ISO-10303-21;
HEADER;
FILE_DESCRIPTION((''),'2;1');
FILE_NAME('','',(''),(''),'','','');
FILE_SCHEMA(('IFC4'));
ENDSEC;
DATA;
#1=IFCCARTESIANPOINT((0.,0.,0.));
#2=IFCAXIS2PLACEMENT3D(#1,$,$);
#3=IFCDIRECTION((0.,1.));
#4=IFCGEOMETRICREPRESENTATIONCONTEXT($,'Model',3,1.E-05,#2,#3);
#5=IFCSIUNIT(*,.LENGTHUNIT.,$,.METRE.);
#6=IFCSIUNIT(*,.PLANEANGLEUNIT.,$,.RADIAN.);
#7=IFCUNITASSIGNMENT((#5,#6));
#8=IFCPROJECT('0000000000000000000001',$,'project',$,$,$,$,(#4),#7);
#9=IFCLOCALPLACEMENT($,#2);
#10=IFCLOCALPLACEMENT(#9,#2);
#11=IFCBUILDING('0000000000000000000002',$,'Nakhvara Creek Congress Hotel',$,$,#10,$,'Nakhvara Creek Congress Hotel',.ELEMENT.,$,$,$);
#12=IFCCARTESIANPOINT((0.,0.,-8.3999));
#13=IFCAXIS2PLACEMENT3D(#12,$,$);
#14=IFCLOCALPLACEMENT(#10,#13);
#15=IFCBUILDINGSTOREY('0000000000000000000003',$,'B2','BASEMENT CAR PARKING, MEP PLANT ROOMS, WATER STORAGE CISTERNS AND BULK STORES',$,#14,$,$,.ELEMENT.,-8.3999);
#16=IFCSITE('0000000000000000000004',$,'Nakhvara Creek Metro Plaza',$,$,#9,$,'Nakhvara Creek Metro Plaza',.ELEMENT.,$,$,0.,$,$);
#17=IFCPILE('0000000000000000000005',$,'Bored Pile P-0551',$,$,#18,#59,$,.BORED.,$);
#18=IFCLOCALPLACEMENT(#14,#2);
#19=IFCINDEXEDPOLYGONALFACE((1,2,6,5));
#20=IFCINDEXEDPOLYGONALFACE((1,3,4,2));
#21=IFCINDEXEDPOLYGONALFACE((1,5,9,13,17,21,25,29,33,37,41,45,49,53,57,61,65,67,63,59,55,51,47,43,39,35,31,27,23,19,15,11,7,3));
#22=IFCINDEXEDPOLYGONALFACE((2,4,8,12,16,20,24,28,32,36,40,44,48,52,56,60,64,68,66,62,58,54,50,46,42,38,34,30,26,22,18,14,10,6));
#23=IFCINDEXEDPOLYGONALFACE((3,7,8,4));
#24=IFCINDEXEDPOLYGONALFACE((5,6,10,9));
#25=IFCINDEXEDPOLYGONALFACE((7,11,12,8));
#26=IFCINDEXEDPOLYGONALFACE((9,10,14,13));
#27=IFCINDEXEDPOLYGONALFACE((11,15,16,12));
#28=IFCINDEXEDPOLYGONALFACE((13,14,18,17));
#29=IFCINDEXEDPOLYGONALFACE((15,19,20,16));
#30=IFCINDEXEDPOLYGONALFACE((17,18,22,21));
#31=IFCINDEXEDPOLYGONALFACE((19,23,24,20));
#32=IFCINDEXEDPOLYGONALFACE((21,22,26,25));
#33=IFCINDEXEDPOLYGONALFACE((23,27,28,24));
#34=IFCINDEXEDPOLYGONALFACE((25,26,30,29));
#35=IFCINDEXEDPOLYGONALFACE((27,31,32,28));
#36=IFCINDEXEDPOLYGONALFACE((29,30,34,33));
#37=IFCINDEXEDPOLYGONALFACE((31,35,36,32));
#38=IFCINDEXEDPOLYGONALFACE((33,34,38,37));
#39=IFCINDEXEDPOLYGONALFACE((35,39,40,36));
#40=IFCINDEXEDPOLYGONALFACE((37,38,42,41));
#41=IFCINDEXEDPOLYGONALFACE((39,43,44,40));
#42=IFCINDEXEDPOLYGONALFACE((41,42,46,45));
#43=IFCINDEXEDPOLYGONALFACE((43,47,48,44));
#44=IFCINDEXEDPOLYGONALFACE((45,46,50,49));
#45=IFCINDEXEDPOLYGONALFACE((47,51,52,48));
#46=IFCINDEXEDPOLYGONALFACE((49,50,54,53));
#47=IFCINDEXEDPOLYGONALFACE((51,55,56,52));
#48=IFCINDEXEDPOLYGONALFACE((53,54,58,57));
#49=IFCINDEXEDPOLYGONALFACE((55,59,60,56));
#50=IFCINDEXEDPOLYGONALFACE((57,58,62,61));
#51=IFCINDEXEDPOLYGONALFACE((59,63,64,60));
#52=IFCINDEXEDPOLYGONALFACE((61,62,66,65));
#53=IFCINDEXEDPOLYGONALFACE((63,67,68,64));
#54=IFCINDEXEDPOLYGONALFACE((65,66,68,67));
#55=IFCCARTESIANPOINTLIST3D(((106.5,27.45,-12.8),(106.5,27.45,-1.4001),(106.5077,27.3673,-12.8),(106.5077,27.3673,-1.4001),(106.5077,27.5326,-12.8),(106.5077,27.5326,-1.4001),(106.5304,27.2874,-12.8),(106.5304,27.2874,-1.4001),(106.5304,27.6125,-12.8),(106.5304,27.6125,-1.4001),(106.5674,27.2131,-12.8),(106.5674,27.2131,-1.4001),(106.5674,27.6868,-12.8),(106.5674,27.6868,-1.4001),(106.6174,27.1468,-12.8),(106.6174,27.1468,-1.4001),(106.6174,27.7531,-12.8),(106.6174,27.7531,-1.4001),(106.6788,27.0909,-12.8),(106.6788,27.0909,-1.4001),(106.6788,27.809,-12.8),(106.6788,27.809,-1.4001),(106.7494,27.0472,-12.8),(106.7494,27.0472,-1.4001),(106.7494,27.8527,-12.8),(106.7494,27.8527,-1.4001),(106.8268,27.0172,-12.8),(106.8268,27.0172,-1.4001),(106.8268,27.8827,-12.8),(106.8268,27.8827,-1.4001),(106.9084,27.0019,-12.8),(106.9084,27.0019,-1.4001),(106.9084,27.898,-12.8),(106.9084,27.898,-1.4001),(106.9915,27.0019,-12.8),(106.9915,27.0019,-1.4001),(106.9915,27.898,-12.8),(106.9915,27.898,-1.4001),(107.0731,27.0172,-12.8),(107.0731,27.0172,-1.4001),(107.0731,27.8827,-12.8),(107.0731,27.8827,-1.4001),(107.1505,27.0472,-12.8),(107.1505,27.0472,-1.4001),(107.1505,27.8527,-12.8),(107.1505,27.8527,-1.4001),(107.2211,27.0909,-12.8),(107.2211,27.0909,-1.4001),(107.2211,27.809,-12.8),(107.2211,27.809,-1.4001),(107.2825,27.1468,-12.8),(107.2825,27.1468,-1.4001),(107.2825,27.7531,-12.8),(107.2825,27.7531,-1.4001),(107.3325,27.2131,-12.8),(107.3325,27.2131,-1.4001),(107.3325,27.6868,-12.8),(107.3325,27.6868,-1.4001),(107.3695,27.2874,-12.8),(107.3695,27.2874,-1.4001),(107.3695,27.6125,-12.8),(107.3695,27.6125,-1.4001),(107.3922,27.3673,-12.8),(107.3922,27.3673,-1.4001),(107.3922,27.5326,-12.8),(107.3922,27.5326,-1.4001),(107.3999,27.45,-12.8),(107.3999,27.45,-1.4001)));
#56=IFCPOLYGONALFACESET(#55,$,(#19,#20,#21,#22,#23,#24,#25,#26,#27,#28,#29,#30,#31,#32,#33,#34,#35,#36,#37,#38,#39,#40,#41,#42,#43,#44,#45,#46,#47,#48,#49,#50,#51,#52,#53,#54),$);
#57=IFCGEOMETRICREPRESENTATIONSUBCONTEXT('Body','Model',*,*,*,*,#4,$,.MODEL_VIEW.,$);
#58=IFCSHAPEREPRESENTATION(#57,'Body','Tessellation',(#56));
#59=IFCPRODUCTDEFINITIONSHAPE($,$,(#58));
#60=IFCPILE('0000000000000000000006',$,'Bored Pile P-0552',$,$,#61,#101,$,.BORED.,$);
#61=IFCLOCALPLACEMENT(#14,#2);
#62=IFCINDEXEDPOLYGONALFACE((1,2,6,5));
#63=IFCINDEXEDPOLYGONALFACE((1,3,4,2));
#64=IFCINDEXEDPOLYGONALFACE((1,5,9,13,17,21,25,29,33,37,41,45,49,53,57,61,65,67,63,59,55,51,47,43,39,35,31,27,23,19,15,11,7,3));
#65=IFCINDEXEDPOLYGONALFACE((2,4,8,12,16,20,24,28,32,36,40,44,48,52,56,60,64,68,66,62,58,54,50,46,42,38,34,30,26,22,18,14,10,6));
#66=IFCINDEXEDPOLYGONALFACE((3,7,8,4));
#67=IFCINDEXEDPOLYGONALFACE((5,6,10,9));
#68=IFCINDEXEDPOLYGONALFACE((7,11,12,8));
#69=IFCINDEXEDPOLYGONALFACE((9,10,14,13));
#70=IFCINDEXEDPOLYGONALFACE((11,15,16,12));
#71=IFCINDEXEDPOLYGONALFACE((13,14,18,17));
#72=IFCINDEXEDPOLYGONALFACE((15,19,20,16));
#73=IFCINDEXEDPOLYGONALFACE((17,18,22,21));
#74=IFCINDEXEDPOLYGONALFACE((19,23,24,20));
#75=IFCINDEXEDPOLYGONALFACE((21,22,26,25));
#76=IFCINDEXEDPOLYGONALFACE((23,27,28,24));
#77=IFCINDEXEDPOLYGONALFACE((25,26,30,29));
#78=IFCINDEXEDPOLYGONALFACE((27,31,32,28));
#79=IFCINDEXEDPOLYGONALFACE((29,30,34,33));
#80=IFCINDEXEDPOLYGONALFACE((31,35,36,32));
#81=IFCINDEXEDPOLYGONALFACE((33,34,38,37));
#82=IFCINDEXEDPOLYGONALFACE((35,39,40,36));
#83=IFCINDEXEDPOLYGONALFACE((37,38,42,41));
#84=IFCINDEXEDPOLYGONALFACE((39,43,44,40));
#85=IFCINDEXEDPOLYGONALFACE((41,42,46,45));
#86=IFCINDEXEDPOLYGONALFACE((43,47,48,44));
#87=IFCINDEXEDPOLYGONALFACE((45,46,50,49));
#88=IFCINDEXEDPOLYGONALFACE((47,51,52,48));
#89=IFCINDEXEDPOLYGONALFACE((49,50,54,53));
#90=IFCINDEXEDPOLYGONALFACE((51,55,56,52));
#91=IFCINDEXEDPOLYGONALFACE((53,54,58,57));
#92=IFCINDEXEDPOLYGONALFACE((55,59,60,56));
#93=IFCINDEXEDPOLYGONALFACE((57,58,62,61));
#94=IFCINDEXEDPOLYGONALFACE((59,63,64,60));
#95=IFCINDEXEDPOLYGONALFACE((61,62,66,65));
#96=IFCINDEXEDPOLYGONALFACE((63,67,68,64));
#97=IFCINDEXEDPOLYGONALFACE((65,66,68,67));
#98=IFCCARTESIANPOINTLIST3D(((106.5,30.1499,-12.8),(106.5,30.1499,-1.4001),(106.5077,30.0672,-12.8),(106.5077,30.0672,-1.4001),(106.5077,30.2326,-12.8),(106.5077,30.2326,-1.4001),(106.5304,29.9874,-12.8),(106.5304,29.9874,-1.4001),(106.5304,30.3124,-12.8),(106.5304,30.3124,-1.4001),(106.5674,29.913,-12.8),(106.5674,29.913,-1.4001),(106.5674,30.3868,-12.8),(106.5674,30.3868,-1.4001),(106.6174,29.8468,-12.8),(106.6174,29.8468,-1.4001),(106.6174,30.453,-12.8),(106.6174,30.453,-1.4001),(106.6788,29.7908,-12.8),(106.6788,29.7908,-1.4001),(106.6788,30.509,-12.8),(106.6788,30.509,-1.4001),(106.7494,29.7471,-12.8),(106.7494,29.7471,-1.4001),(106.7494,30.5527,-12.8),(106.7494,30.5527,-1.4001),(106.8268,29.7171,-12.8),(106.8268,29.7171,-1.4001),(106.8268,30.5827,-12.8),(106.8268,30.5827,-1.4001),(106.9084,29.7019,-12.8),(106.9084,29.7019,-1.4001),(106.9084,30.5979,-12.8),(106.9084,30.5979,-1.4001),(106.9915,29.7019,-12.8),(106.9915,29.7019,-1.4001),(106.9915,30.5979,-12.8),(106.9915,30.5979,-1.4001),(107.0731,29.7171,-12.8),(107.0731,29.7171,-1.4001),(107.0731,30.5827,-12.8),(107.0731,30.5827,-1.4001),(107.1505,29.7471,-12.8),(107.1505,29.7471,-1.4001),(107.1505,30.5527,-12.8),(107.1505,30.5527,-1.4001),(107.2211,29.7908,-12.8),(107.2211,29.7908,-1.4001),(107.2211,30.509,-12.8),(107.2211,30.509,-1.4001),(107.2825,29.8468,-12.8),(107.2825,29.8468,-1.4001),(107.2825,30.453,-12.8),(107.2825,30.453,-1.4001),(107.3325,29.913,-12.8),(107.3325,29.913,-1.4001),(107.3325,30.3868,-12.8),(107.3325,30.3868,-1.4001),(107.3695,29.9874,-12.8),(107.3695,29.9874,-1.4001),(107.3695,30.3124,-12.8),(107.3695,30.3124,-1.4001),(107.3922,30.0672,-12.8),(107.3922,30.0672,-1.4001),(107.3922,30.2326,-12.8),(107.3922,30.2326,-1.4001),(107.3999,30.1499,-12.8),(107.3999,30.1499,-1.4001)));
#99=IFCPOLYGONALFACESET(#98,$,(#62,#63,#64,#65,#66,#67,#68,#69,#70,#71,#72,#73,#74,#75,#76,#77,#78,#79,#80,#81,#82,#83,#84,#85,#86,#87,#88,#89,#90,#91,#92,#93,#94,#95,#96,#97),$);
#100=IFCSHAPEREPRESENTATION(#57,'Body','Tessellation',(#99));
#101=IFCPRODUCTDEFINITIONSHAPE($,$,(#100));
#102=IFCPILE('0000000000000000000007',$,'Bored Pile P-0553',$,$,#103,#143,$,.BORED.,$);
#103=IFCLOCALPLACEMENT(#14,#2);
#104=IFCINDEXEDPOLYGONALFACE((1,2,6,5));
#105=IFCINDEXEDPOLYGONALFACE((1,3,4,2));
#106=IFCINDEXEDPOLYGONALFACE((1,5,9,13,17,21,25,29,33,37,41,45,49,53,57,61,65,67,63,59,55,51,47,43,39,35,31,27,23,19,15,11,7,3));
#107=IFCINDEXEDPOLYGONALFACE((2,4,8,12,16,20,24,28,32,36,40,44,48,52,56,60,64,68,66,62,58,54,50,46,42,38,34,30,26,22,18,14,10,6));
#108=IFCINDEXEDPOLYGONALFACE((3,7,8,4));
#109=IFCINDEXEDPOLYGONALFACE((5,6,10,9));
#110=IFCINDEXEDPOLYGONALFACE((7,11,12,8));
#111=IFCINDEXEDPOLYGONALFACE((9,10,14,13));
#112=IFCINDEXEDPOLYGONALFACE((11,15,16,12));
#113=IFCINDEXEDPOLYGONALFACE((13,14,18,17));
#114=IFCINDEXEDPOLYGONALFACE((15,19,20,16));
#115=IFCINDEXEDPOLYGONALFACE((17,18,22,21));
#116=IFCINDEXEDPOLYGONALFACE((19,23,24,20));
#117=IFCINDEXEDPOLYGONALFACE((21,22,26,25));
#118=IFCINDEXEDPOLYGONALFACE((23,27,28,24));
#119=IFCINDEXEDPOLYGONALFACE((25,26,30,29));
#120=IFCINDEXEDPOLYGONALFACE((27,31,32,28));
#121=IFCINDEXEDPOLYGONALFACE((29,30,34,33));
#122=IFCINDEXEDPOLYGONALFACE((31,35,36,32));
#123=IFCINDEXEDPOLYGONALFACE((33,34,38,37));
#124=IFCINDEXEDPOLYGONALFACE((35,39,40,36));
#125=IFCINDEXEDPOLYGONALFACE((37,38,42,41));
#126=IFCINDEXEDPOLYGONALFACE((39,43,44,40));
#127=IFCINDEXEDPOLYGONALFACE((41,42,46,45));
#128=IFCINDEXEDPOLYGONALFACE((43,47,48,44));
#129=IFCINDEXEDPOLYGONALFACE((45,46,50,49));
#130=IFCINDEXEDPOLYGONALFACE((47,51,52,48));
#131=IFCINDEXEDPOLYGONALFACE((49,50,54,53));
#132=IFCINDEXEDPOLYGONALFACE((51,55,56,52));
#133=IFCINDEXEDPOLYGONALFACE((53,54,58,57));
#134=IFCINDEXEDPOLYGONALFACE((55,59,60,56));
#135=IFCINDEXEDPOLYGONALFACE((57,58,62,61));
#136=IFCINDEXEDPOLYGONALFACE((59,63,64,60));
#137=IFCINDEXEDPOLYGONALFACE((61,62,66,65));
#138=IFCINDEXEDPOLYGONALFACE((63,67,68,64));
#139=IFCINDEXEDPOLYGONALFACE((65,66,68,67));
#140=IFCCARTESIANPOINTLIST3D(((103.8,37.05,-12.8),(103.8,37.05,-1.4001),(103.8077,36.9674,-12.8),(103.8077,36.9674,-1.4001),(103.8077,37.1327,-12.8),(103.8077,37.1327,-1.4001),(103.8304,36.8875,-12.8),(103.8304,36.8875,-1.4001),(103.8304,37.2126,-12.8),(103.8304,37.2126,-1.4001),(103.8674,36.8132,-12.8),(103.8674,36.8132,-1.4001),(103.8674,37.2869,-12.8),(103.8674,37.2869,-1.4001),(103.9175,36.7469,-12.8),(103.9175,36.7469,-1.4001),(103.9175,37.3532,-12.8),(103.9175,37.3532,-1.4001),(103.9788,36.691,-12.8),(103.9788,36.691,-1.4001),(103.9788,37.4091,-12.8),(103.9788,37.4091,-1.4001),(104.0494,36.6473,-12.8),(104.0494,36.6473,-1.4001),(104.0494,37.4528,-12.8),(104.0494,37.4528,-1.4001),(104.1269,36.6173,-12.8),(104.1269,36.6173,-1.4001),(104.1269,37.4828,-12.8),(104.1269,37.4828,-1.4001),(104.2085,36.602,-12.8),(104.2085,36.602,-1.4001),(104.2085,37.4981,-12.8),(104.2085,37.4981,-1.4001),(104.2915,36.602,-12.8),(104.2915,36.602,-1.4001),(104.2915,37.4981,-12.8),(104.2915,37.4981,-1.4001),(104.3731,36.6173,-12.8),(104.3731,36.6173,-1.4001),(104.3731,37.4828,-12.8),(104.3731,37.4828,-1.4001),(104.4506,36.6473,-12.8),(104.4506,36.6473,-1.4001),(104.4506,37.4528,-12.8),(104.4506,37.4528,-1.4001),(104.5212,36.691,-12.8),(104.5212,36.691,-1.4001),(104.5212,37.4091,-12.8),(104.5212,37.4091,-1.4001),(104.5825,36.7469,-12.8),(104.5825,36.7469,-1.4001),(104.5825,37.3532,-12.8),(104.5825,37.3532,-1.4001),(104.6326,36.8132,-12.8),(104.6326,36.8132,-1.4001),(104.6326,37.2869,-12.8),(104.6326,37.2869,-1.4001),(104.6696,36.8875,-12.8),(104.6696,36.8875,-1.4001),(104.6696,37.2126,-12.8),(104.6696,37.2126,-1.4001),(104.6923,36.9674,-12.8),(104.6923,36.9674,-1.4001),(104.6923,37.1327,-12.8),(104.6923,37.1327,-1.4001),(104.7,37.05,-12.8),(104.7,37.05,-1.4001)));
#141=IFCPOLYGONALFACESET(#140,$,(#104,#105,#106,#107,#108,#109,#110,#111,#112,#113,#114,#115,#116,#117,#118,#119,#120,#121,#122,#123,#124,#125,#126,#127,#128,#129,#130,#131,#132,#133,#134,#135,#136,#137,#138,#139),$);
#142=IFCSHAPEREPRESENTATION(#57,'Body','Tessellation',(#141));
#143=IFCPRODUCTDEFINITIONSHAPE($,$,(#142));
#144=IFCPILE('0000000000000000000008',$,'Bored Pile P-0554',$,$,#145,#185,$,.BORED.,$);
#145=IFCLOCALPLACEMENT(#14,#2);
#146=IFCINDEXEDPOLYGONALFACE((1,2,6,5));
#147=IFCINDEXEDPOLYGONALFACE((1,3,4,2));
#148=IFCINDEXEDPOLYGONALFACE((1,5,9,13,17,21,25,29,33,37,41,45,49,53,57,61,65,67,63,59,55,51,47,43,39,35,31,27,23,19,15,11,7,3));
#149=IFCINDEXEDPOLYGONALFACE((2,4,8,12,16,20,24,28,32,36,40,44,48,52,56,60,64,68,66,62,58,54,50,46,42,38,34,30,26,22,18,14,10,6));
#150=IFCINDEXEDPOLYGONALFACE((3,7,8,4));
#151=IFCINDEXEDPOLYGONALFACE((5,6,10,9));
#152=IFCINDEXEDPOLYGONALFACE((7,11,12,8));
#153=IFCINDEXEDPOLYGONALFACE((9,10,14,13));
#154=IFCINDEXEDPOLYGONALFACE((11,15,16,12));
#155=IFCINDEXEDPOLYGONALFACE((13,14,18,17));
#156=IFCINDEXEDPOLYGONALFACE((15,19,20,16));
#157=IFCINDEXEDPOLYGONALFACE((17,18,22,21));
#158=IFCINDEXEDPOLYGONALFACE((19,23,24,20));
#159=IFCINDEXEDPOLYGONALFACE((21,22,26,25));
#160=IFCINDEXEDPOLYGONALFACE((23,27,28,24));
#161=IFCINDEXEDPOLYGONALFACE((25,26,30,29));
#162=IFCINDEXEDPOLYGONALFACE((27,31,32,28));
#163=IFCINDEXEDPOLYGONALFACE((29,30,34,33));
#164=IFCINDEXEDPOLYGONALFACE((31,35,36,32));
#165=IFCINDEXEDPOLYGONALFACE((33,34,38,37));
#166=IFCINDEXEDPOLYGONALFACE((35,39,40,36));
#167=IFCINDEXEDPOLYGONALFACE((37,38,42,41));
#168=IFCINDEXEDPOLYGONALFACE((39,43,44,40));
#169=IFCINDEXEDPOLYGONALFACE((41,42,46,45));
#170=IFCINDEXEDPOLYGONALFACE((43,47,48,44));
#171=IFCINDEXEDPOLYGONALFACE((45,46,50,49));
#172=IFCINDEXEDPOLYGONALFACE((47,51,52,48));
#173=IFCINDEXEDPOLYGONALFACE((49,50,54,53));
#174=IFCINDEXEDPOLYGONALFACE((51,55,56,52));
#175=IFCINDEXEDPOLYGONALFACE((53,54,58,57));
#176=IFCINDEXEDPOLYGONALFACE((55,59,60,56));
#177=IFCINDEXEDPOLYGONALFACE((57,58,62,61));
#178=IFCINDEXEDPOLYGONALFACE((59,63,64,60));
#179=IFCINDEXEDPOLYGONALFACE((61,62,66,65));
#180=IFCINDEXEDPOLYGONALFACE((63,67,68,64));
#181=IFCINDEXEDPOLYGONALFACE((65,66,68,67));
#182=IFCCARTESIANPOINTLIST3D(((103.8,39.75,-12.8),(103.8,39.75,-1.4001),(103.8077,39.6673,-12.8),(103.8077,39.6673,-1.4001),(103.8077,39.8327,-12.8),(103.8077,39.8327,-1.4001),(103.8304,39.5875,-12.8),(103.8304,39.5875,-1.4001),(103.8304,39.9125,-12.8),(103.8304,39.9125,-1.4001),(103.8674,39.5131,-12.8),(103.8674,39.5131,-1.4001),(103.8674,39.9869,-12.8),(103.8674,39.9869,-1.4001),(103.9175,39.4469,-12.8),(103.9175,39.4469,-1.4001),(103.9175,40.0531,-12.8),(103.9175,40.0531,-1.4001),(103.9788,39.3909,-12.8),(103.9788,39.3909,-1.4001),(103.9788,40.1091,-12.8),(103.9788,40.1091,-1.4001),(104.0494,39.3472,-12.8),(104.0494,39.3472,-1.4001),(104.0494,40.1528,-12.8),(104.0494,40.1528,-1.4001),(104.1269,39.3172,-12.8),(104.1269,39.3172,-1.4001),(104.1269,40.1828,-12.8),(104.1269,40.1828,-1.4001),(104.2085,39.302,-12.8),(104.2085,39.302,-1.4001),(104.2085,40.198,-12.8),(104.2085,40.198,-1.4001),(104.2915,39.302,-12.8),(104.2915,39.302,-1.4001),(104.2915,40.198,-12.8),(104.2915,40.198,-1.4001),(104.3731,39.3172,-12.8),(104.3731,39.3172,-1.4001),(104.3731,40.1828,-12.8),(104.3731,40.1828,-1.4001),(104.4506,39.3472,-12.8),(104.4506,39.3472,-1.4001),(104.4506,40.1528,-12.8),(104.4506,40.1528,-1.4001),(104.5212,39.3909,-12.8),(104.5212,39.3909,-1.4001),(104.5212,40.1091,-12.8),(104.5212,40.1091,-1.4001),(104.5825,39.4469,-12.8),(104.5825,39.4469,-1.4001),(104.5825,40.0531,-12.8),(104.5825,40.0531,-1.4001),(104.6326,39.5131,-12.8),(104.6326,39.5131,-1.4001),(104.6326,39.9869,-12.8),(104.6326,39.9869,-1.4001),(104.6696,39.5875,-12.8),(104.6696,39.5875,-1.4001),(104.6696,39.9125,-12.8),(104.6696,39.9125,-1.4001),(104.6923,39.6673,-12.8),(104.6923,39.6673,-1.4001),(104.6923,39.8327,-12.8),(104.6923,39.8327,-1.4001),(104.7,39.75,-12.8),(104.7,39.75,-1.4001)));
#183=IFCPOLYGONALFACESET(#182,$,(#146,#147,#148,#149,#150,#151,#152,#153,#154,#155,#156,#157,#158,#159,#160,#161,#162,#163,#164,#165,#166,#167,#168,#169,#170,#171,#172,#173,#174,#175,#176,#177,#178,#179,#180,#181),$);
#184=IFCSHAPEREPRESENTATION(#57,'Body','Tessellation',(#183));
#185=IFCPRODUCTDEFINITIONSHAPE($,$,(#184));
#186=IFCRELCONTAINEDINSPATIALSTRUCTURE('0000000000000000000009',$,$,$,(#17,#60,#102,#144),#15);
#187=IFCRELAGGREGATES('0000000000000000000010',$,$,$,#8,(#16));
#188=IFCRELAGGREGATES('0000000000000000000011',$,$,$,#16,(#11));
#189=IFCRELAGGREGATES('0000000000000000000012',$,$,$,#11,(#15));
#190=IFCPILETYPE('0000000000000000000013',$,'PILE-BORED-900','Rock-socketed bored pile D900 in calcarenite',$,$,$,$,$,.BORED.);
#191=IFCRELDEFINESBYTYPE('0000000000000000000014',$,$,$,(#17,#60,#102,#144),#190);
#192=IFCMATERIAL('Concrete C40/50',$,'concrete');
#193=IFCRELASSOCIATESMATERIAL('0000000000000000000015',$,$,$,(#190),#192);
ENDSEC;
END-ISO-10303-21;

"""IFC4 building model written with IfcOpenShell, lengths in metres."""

from ifc_helpers import new_model, si_unit, direction, frame, origin, origin_2d, place, context, subcontext, project, spatial, circle, extrude, material, material_profile, profile_set, type_object, element, save


model = new_model("IFC4")

# Units and contexts
model_context = context("Model", 3, precision=1e-05, world=origin(), true_north=direction((0.0, 1.0)))
body_context = subcontext(model_context, "Body", "Model", "MODEL_VIEW")
ifc_project = project(units=[si_unit("LENGTHUNIT", "METRE"), si_unit("PLANEANGLEUNIT", "RADIAN")], contexts=[model_context])

# Site, building, storey
site_placement = place(None, origin())
site = spatial("IfcSite", under=ifc_project, at=site_placement, Name="Nakhvara Creek Metro Plaza", LongName="Nakhvara Creek Metro Plaza", CompositionType="ELEMENT", RefElevation=0.0)
building_placement = place(site_placement, origin())
building = spatial("IfcBuilding", under=site, at=building_placement, Name="Nakhvara Creek Congress Hotel", LongName="Nakhvara Creek Congress Hotel", CompositionType="ELEMENT")
storey_placement = place(building_placement, frame((0.0, 0.0, -8.3999)))
storey = spatial("IfcBuildingStorey", under=building, at=storey_placement, Name="B2", Description="BASEMENT CAR PARKING, MEP PLANT ROOMS, WATER STORAGE CISTERNS AND BULK STORES", CompositionType="ELEMENT", Elevation=-8.3999)

# Shared definitions
ifc_material_1 = material(Name="Concrete C40/50", Category="concrete")

# Piles
ifc_material_profile_1 = material_profile(ifc_material_1, circle(Radius=0.45, at=origin_2d()), Name="BORED PILE D900", Category="LoadBearing")
ifc_profile_set_1 = profile_set([ifc_material_profile_1], Name="Concrete C40/50")
pile_type = type_object("IfcPileType", Name="PILE-BORED-900", Description="Rock-socketed bored pile D900 in calcarenite", PredefinedType="BORED", material=ifc_profile_set_1)
for number, where, z_axis, x_axis, name in (
    (1, (106.95, 27.45, -1.4001), (0.0, 0.0, -1.0), (1.0, 0.0, 0.0), "Bored Pile P-0551"),
    (2, (106.95, 30.1499, -1.4001), (0.0, 0.0, -1.0), (1.0, 0.0, 0.0), "Bored Pile P-0552"),
    (3, (104.25, 37.05, -1.4001), (0.0, 0.0, -1.0), (1.0, 0.0, 0.0), "Bored Pile P-0553"),
    (4, (104.25, 39.75, -1.4001), (0.0, 0.0, -1.0), (1.0, 0.0, 0.0), "Bored Pile P-0554"),
):
    element("IfcPile", number, at=place(storey_placement, frame(where, z_axis=z_axis, x_axis=x_axis)), inside=storey, type_object=pile_type, Name=name, PredefinedType="BORED", context=body_context, shape_type="SweptSolid", body=[
        extrude(circle(Radius=0.45, at=origin_2d()), origin(), (0.0, 0.0, 1.0), 11.3999),
    ])

save(model, "model.ifc")
